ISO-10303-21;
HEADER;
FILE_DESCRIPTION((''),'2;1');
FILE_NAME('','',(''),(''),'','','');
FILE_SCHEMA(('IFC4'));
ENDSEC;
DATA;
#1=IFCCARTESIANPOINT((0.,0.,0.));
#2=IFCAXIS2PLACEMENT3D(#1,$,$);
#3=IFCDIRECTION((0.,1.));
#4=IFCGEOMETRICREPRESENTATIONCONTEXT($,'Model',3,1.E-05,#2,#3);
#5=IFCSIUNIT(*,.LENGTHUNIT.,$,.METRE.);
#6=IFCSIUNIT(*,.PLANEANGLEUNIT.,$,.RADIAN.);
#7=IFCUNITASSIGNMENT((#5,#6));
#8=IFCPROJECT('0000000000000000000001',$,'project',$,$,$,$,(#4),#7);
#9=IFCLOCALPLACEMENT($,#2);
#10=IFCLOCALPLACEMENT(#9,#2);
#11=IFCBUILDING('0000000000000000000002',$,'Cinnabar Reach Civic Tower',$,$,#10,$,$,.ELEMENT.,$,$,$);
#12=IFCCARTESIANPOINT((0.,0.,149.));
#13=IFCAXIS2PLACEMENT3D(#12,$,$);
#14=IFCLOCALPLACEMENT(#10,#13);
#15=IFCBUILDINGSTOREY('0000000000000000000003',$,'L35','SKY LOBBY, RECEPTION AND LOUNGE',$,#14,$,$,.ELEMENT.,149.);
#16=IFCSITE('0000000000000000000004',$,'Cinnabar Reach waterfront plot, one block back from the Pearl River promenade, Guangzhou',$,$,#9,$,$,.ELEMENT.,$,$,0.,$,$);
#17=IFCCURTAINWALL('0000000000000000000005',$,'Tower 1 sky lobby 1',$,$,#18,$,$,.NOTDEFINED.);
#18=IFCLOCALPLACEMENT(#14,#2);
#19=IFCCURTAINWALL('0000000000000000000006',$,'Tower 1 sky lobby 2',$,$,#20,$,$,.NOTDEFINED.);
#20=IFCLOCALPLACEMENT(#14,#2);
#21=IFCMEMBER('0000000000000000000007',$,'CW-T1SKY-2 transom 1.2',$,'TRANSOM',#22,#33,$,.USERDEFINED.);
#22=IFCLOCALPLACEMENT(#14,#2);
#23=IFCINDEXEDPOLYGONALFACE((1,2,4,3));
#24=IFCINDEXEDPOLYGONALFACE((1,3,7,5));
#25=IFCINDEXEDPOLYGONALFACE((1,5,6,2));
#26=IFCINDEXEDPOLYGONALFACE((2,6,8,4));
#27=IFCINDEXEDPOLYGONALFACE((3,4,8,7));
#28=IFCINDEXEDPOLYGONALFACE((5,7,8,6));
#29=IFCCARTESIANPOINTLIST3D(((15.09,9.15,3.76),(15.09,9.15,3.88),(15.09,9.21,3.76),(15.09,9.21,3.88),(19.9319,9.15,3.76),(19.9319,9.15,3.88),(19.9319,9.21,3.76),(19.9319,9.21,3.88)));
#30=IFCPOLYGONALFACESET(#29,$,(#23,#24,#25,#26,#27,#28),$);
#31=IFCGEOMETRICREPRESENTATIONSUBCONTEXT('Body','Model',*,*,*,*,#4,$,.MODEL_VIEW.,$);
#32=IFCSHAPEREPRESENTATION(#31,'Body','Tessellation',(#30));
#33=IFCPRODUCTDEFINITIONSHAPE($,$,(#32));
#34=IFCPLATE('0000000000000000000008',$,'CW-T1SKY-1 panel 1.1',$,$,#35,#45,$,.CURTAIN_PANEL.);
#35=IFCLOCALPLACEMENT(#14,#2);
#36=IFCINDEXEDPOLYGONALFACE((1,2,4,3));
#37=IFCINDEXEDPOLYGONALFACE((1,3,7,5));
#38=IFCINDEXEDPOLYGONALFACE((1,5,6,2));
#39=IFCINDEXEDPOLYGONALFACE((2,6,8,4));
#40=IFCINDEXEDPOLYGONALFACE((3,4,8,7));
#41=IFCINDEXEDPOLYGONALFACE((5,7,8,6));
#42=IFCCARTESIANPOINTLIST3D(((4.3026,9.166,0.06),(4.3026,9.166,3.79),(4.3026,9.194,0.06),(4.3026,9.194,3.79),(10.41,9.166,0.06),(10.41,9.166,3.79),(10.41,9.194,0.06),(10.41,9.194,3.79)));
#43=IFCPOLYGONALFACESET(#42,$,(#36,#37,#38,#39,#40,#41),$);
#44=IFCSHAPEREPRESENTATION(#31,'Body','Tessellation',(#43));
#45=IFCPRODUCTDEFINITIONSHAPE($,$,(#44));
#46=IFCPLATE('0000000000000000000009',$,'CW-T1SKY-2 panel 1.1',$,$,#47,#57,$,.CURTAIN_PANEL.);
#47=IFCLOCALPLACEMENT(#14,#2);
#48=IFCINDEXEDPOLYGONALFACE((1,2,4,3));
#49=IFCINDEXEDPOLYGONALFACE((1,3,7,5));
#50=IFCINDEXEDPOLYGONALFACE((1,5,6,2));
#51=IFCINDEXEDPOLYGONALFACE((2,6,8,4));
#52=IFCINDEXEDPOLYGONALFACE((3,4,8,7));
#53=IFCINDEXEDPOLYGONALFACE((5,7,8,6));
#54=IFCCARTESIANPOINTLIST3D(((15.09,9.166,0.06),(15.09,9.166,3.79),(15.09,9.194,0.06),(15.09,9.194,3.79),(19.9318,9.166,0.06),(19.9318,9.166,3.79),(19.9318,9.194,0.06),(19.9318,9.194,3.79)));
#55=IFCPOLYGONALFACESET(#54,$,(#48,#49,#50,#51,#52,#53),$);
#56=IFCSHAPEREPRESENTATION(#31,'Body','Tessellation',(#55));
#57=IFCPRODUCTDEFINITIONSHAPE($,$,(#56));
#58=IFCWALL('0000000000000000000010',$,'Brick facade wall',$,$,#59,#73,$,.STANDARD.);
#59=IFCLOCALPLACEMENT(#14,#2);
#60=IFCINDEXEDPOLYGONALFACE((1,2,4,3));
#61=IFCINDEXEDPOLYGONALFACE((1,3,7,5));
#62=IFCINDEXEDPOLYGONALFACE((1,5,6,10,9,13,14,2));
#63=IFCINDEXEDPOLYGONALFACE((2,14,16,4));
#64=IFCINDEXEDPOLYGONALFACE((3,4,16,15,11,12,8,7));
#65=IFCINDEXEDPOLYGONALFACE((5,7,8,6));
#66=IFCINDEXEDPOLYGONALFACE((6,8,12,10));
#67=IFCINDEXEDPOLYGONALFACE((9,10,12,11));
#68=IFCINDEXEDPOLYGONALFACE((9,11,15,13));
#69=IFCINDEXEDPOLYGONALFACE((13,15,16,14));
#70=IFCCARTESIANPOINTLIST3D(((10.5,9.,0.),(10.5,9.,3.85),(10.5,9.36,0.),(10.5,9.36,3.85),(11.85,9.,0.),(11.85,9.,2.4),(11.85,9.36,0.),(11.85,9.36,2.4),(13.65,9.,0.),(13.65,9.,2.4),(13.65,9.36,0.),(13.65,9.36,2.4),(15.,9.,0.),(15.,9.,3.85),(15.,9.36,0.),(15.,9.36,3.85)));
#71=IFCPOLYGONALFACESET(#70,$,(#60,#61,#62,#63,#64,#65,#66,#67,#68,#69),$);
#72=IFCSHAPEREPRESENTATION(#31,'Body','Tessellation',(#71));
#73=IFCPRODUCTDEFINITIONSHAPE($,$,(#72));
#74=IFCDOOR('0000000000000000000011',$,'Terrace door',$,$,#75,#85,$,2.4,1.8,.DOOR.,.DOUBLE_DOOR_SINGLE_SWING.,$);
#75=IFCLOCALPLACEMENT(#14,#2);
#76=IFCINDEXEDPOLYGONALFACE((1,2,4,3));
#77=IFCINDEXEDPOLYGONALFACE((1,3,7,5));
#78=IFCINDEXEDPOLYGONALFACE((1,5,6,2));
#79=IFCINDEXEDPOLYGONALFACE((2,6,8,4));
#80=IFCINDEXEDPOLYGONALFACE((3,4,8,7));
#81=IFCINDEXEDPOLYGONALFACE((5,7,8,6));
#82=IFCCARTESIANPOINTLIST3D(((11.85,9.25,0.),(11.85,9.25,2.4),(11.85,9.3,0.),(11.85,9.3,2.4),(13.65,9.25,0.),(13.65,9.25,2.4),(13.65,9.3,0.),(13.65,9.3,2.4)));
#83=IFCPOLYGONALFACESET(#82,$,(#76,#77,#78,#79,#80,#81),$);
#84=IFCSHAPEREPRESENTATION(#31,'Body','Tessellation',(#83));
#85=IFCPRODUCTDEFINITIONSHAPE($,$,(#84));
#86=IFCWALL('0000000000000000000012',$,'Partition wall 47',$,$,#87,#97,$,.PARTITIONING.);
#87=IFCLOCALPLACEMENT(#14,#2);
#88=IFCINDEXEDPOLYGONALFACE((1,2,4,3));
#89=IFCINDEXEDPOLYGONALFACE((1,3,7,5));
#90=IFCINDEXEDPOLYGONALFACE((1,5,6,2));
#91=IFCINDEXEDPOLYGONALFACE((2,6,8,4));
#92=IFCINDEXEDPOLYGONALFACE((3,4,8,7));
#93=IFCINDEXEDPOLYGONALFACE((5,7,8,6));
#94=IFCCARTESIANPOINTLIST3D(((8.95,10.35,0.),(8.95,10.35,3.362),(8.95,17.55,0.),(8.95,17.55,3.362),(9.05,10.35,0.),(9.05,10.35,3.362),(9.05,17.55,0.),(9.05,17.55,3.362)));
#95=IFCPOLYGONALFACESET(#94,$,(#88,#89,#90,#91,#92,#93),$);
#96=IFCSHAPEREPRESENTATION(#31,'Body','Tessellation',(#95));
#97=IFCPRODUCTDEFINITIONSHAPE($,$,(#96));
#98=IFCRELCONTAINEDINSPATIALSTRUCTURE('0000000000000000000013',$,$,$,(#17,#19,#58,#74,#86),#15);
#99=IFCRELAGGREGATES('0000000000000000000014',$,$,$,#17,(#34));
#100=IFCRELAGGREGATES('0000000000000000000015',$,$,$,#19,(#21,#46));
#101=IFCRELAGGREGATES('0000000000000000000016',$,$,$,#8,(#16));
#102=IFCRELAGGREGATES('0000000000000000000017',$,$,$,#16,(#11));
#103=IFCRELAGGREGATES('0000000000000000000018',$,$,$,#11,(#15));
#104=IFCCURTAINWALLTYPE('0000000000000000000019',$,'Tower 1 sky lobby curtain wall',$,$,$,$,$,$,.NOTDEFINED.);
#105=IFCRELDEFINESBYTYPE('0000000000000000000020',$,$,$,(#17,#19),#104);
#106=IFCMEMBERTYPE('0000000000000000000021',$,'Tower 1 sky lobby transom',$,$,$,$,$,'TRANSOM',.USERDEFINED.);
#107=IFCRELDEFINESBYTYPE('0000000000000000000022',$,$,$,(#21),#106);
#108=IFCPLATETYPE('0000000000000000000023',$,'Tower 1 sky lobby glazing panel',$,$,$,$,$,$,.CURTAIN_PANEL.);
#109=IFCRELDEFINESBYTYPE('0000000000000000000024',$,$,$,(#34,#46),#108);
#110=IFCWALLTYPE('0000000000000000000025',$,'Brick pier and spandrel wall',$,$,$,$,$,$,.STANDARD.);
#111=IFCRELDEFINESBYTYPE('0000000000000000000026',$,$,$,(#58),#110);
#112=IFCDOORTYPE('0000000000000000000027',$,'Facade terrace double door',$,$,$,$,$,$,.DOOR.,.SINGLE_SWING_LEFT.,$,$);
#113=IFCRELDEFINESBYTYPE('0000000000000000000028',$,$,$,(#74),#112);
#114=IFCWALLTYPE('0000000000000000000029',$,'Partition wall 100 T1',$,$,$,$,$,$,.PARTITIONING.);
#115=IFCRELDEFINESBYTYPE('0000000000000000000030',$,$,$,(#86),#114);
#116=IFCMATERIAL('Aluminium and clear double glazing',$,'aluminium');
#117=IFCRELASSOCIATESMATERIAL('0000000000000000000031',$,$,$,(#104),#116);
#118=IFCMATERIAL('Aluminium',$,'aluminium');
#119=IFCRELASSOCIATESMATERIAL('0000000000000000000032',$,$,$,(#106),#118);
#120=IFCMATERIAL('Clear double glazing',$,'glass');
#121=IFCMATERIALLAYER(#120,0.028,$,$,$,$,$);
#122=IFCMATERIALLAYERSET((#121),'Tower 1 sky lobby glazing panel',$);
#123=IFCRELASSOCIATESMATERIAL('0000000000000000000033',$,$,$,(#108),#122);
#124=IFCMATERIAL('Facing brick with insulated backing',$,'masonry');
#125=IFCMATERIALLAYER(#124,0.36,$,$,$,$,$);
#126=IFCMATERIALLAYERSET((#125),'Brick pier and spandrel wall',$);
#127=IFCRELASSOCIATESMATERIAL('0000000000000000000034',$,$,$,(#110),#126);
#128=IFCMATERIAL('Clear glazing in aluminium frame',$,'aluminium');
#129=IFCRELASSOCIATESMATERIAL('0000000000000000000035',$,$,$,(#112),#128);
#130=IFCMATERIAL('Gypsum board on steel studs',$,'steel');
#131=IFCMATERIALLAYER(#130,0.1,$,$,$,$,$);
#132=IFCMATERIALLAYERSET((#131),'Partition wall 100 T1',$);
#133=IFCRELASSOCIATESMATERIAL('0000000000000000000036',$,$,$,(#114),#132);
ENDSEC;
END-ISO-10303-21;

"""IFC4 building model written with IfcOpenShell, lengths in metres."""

from ifc_helpers import new_model, si_unit, direction, frame, frame_2d, origin, origin_2d, place, context, subcontext, project, spatial, rectangle, extrude, material, layer, layer_set, material_profile, profile_set, type_object, element, fill, aggregate, save


model = new_model("IFC4")

# Units and contexts
model_context = context("Model", 3, precision=1e-05, world=origin(), true_north=direction((0.0, 1.0)))
body_context = subcontext(model_context, "Body", "Model", "MODEL_VIEW")
ifc_project = project(units=[si_unit("LENGTHUNIT", "METRE"), si_unit("PLANEANGLEUNIT", "RADIAN")], contexts=[model_context])

# Site, building, storey
site_placement = place(None, origin())
site = spatial("IfcSite", under=ifc_project, at=site_placement, Name="Cinnabar Reach waterfront plot, one block back from the Pearl River promenade, Guangzhou", CompositionType="ELEMENT", RefElevation=0.0)
building_placement = place(site_placement, origin())
building = spatial("IfcBuilding", under=site, at=building_placement, Name="Cinnabar Reach Civic Tower", CompositionType="ELEMENT")
storey_placement = place(building_placement, frame((0.0, 0.0, 149.0)))
storey = spatial("IfcBuildingStorey", under=building, at=storey_placement, Name="L35", Description="SKY LOBBY, RECEPTION AND LOUNGE", CompositionType="ELEMENT", Elevation=149.0)

# Curtain walls
ifc_material_1 = material(Name="Aluminium and clear double glazing", Category="aluminium")
curtain_wall_type = type_object("IfcCurtainWallType", Name="Tower 1 sky lobby curtain wall", PredefinedType="NOTDEFINED", material=ifc_material_1)
curtain_wall_1_placement = place(storey_placement, origin())
curtain_wall_1 = element("IfcCurtainWall", 1, at=curtain_wall_1_placement, inside=storey, type_object=curtain_wall_type, Name="Tower 1 sky lobby 1", PredefinedType="NOTDEFINED")
ifc_material_2 = material(Name="Aluminium", Category="aluminium")
curtain_wall_2_placement = place(storey_placement, origin())
curtain_wall_2 = element("IfcCurtainWall", 2, at=curtain_wall_2_placement, inside=storey, type_object=curtain_wall_type, Name="Tower 1 sky lobby 2", PredefinedType="NOTDEFINED")

# Member
ifc_material_profile_1 = material_profile(ifc_material_2, rectangle(XDim=0.06, YDim=0.12, at=origin_2d()), Name="Tower 1 sky lobby transom")
ifc_profile_set_1 = profile_set([ifc_material_profile_1], Name="Aluminium")
member_type_1 = type_object("IfcMemberType", Name="Tower 1 sky lobby transom", ElementType="TRANSOM", PredefinedType="USERDEFINED", material=ifc_profile_set_1)
member_1_placement = place(storey_placement, frame((15.09, 9.18, 3.82), z_axis=(1.0, 0.0, 0.0), x_axis=(0.0, 1.0, 0.0)))
member_1 = element("IfcMember", 3, at=member_1_placement, type_object=member_type_1, Name="CW-T1SKY-2 transom 1.2", ObjectType="TRANSOM", PredefinedType="USERDEFINED", context=body_context, shape_type="SweptSolid", body=[
    extrude(rectangle(XDim=0.06, YDim=0.12, at=origin_2d()), origin(), (0.0, 0.0, 1.0), 4.8419),
])

# Plates
ifc_material_3 = material(Name="Clear double glazing", Category="glass")
ifc_layer_1 = layer(ifc_material_3, 0.028)
ifc_layer_set_1 = layer_set([ifc_layer_1], Name="Tower 1 sky lobby glazing panel")
plate_type = type_object("IfcPlateType", Name="Tower 1 sky lobby glazing panel", PredefinedType="CURTAIN_PANEL", material=ifc_layer_set_1)
plate_1_placement = place(storey_placement, frame((7.3563, 9.18, 0.06), z_axis=(0.0, 0.0, 1.0), x_axis=(1.0, 0.0, 0.0)))
plate_1 = element("IfcPlate", 4, at=plate_1_placement, type_object=plate_type, Name="CW-T1SKY-1 panel 1.1", PredefinedType="CURTAIN_PANEL", context=body_context, shape_type="SweptSolid", body=[
    extrude(rectangle(XDim=6.1074, YDim=0.028, at=origin_2d()), origin(), (0.0, 0.0, 1.0), 3.73),
])
aggregate(curtain_wall_1, [plate_1])
plate_2_placement = place(storey_placement, frame((17.5109, 9.18, 0.06), z_axis=(0.0, 0.0, 1.0), x_axis=(1.0, 0.0, 0.0)))
plate_2 = element("IfcPlate", 5, at=plate_2_placement, type_object=plate_type, Name="CW-T1SKY-2 panel 1.1", PredefinedType="CURTAIN_PANEL", context=body_context, shape_type="SweptSolid", body=[
    extrude(rectangle(XDim=4.8418, YDim=0.028, at=origin_2d()), origin(), (0.0, 0.0, 1.0), 3.73),
])
aggregate(curtain_wall_2, [member_1, plate_2])

# Wall, opening, door
ifc_material_4 = material(Name="Facing brick with insulated backing", Category="masonry")
ifc_layer_2 = layer(ifc_material_4, 0.36)
ifc_layer_set_2 = layer_set([ifc_layer_2], Name="Brick pier and spandrel wall")
wall_type_1 = type_object("IfcWallType", Name="Brick pier and spandrel wall", PredefinedType="STANDARD", material=ifc_layer_set_2)
wall_1_placement = place(storey_placement, frame((10.5, 9.18, 0.0), z_axis=(0.0, 0.0, 1.0), x_axis=(1.0, 0.0, 0.0)))
wall_1 = element("IfcWall", 6, at=wall_1_placement, inside=storey, type_object=wall_type_1, Name="Brick facade wall", PredefinedType="STANDARD", context=body_context, shape_type="SweptSolid", body=[
    extrude(rectangle(XDim=4.5, YDim=0.36, at=frame_2d((2.25, 0.0))), origin(), (0.0, 0.0, 1.0), 3.85),
])
opening_placement = place(wall_1_placement, frame((1.35, 0.0, 0.0)))
opening = element("IfcOpeningElement", 7, at=opening_placement, cuts=wall_1, PredefinedType="OPENING", context=body_context, shape_type="SweptSolid", body=[
    extrude(rectangle(XDim=1.8, YDim=2.4, at=frame_2d((0.9, 1.2))), frame((0.0, 0.19, 0.0), z_axis=(0.0, -1.0, 0.0), x_axis=(1.0, 0.0, 0.0)), (0.0, 0.0, 1.0), 0.38),
])
ifc_material_5 = material(Name="Clear glazing in aluminium frame", Category="aluminium")
door_type = type_object("IfcDoorType", Name="Facade terrace double door", OperationType="SINGLE_SWING_LEFT", PredefinedType="DOOR", material=ifc_material_5)
door_placement = place(opening_placement, frame((1.8, 0.0, 0.0), z_axis=(0.0, 0.0, 1.0), x_axis=(-1.0, 0.0, 0.0)))
door = element("IfcDoor", 8, at=door_placement, inside=storey, type_object=door_type, Name="Terrace door", OperationType="DOUBLE_DOOR_SINGLE_SWING", OverallHeight=2.4, OverallWidth=1.8, PredefinedType="DOOR", context=body_context, shape_type="SweptSolid", body=[
    extrude(rectangle(XDim=1.8, YDim=2.4, at=frame_2d((0.9, 1.2))), frame((0.0, -0.07, 0.0), z_axis=(0.0, -1.0, 0.0), x_axis=(1.0, 0.0, 0.0)), (0.0, 0.0, 1.0), 0.05),
])
fill(opening, door)

# Wall
ifc_material_6 = material(Name="Gypsum board on steel studs", Category="steel")
ifc_layer_3 = layer(ifc_material_6, 0.1)
ifc_layer_set_3 = layer_set([ifc_layer_3], Name="Partition wall 100 T1")
wall_type_2 = type_object("IfcWallType", Name="Partition wall 100 T1", PredefinedType="PARTITIONING", material=ifc_layer_set_3)
wall_2_placement = place(storey_placement, frame((9.0, 10.35, 0.0), z_axis=(0.0, 0.0, 1.0), x_axis=(0.0, 1.0, 0.0)))
element("IfcWall", 9, at=wall_2_placement, inside=storey, type_object=wall_type_2, Name="Partition wall 47", PredefinedType="PARTITIONING", context=body_context, shape_type="SweptSolid", body=[
    extrude(rectangle(XDim=7.2, YDim=0.1, at=frame_2d((3.6, 0.0))), origin(), (0.0, 0.0, 1.0), 3.362),
])

save(model, "model.ifc")
